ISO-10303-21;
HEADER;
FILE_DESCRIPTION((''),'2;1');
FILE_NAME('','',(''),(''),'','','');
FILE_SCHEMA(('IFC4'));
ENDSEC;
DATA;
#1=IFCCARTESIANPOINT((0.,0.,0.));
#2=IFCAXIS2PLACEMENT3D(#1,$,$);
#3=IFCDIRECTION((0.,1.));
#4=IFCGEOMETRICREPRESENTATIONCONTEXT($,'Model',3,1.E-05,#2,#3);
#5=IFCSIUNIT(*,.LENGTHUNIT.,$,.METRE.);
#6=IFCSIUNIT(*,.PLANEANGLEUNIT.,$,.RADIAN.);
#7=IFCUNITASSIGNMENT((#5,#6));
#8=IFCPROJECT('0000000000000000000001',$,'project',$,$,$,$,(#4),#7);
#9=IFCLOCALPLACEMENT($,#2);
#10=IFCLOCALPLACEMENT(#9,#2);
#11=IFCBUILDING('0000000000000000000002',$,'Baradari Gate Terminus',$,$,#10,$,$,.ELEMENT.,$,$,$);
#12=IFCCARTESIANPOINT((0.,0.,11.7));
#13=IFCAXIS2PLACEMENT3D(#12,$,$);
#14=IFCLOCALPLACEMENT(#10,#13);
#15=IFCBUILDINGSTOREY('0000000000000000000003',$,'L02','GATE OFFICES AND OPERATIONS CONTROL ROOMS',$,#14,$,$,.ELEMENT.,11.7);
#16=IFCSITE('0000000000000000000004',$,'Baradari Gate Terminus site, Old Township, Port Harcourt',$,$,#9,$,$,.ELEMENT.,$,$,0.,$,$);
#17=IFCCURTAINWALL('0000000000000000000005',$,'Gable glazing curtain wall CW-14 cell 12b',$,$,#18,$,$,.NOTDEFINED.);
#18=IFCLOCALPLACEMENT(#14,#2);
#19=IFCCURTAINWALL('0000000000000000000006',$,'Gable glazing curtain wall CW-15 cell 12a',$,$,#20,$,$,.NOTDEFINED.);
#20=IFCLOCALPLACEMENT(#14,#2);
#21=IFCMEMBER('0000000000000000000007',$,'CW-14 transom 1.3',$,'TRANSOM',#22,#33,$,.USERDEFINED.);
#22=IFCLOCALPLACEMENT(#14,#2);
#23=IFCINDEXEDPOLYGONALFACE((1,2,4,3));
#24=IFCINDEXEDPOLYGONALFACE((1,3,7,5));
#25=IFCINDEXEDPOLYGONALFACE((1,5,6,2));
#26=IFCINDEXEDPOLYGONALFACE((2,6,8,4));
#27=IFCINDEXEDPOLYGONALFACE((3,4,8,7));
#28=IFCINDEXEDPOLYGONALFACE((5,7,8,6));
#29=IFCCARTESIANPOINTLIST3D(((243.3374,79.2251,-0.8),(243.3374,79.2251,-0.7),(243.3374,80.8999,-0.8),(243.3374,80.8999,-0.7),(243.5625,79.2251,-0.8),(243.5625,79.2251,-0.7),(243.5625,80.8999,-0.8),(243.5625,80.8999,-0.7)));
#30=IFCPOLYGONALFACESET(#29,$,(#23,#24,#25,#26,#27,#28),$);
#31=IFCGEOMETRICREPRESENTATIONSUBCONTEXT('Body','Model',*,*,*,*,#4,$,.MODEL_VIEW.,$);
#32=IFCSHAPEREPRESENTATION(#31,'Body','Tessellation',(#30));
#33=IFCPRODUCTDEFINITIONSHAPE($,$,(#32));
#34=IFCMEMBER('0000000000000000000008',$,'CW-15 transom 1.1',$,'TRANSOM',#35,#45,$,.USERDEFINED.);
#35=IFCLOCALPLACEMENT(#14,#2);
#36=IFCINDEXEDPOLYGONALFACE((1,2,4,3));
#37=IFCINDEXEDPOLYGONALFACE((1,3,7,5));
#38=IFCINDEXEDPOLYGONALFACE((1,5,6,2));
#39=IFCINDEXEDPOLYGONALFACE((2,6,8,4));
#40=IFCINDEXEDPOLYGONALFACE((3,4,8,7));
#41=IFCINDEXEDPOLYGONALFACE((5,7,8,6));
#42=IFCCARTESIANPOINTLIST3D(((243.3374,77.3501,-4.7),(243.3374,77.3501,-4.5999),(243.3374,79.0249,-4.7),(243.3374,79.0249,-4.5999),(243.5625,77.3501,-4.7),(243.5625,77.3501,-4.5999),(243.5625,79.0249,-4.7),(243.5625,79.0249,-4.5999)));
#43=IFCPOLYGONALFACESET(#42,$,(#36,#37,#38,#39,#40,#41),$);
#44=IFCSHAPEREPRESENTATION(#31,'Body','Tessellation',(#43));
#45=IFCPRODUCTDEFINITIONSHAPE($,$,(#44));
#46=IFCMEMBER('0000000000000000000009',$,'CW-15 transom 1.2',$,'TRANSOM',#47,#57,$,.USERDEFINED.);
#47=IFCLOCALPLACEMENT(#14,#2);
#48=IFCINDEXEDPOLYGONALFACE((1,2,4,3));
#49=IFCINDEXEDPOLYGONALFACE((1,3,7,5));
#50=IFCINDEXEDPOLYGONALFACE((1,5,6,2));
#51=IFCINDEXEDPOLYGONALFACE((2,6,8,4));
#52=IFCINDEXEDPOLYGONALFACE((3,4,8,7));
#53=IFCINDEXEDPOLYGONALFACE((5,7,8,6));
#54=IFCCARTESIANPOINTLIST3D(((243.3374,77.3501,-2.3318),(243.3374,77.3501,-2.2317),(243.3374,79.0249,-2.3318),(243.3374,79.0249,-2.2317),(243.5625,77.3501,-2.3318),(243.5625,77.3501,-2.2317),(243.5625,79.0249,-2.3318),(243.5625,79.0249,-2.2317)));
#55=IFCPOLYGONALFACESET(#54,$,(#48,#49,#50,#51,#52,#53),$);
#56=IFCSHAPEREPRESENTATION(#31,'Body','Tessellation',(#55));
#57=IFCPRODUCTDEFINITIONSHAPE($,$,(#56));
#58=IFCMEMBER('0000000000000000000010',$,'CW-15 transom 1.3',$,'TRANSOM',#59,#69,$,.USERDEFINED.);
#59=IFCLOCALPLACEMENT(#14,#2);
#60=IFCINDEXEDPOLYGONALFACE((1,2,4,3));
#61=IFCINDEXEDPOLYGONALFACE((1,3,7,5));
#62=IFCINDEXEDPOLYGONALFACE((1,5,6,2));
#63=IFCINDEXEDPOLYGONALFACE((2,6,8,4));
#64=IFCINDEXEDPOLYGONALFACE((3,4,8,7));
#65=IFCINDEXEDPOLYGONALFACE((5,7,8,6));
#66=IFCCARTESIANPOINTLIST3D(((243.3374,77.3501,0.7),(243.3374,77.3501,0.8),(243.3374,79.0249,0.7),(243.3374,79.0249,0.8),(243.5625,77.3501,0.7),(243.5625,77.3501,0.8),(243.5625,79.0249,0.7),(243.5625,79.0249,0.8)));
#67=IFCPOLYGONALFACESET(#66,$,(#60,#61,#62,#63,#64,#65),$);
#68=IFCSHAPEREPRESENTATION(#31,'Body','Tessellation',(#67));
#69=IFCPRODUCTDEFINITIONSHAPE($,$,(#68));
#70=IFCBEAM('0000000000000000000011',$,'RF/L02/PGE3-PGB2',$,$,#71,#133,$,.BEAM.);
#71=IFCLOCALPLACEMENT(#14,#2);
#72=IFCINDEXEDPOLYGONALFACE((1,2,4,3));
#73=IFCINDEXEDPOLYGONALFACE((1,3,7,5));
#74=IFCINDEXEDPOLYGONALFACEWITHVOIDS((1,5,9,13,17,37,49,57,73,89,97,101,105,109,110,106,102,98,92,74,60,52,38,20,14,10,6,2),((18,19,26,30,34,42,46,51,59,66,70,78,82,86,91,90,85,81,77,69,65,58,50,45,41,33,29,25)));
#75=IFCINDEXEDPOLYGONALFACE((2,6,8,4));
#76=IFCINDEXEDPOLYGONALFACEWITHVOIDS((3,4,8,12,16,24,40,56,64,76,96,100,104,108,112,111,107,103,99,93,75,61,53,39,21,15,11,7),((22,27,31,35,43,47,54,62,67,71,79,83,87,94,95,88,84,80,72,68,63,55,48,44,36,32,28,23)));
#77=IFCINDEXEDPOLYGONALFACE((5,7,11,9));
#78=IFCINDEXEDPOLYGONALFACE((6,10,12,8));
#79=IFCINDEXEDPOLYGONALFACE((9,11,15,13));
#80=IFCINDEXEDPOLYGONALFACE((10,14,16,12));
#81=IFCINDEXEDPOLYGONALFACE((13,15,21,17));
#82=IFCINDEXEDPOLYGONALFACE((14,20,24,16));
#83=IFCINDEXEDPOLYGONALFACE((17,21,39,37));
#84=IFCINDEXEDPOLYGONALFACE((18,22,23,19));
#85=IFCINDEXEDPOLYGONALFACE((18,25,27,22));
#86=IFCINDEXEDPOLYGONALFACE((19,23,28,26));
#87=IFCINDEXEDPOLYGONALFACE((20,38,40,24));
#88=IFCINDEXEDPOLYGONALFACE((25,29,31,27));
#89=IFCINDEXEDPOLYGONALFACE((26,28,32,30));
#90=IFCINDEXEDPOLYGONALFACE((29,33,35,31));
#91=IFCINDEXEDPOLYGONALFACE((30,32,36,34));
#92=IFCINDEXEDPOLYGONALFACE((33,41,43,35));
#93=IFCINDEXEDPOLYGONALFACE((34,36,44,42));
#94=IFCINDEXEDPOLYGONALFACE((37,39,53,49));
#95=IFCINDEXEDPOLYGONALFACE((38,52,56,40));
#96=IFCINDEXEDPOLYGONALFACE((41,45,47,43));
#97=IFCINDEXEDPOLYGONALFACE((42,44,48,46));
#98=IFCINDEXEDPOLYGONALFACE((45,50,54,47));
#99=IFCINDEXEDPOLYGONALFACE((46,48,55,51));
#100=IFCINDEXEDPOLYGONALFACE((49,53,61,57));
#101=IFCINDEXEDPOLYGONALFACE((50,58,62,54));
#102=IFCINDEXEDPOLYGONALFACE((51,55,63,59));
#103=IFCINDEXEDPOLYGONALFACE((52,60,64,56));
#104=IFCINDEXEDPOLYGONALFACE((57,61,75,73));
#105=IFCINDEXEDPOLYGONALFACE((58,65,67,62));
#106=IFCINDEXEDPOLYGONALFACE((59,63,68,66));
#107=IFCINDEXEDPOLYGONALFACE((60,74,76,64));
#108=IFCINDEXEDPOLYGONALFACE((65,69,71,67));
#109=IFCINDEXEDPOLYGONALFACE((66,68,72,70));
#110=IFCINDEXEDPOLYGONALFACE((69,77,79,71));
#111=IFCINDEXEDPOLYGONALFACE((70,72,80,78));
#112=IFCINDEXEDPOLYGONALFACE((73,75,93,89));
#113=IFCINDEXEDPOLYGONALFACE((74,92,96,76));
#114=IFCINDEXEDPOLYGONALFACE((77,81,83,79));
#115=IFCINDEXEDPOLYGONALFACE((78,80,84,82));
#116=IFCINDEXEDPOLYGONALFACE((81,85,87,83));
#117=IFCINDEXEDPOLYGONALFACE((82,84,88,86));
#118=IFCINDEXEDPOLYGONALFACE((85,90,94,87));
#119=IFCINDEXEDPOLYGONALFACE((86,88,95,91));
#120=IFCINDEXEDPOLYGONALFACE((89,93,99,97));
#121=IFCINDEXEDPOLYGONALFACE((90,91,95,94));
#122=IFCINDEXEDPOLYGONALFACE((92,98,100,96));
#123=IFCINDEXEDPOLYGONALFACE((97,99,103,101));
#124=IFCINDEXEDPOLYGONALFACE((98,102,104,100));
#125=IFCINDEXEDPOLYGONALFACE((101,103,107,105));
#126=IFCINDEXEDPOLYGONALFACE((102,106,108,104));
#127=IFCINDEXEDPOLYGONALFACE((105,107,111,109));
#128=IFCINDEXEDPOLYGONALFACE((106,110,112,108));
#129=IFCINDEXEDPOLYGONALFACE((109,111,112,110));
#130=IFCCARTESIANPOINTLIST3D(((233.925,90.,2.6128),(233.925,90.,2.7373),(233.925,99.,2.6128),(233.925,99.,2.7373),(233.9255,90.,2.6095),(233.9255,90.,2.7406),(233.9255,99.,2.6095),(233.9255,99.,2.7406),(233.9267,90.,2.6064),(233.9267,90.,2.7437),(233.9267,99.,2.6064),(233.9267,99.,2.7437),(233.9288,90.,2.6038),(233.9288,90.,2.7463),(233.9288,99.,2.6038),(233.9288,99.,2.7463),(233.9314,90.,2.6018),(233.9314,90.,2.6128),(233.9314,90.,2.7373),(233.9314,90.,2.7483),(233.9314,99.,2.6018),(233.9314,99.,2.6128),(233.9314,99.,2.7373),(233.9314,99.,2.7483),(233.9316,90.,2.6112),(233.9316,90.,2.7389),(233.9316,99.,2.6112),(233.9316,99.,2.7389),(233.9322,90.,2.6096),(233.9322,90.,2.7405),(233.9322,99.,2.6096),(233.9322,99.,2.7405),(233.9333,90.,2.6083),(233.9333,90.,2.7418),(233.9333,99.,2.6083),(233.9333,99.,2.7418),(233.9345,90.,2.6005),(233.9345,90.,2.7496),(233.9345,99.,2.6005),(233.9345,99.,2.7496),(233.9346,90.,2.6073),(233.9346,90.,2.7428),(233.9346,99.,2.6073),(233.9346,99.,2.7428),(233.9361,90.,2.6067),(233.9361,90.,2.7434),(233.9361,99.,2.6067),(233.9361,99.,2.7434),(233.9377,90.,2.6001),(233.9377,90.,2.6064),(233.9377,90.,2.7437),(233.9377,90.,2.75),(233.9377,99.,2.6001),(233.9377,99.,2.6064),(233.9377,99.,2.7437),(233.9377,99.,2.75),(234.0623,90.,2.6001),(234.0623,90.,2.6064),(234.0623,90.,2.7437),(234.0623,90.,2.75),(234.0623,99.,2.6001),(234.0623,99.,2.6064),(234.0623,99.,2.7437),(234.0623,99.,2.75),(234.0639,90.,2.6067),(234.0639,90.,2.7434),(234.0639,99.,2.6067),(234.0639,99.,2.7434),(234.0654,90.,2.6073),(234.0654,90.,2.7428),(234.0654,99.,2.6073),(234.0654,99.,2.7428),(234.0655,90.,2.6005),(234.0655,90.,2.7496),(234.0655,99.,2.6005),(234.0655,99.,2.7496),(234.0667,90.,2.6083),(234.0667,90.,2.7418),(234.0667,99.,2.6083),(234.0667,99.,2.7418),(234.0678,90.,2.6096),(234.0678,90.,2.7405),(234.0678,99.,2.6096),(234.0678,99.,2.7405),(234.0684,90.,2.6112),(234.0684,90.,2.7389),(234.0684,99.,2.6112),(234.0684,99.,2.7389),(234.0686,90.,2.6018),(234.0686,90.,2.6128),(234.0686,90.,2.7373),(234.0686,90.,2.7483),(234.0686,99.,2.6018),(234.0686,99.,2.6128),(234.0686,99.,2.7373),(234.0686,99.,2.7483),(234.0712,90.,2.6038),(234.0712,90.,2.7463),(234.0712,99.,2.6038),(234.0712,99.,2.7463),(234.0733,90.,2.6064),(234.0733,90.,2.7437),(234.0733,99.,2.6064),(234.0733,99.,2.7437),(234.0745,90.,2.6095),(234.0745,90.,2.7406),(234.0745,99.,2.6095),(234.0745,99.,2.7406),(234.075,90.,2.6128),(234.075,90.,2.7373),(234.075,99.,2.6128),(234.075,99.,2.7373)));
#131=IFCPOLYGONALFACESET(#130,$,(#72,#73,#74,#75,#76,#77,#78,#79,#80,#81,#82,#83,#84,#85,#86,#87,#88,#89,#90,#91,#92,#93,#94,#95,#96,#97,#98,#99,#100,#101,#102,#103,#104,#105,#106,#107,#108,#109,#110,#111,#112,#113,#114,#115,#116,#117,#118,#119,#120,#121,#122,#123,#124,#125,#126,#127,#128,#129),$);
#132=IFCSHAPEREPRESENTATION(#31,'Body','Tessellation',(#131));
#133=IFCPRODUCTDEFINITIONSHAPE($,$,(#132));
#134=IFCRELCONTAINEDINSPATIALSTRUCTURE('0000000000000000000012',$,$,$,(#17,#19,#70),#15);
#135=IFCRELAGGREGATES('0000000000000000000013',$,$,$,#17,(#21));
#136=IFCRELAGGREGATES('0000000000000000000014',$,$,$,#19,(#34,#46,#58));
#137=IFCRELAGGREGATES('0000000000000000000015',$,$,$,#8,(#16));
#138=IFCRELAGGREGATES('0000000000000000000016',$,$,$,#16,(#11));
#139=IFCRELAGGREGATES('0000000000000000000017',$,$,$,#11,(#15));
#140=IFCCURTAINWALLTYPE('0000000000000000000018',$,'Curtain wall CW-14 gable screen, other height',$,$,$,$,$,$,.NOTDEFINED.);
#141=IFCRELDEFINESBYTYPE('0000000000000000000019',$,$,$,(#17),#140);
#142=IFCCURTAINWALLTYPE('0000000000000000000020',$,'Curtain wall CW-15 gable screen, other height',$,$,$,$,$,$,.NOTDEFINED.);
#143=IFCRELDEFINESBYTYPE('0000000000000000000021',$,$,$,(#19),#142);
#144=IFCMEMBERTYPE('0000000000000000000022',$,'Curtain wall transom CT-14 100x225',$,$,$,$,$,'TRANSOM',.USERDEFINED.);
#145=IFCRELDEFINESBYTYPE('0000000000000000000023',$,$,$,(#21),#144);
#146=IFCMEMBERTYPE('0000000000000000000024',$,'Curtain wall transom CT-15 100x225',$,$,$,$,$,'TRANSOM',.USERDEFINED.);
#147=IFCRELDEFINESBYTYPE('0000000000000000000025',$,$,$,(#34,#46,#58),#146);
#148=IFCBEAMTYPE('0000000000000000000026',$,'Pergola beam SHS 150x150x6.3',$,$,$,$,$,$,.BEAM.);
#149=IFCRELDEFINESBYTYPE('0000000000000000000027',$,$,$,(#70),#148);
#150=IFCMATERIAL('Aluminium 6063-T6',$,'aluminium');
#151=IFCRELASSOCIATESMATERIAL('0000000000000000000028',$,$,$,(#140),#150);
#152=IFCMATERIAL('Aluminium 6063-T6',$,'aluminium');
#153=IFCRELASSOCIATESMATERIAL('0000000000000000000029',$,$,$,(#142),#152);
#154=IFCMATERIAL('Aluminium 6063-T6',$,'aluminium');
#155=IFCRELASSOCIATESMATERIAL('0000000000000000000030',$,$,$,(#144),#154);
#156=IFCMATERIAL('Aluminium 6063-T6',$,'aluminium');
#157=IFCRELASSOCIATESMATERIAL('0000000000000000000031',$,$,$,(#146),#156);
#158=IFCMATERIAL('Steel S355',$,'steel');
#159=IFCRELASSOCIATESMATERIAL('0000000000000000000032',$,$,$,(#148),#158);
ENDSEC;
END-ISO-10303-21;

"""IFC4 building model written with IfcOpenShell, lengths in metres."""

from ifc_helpers import new_model, si_unit, direction, frame, origin, origin_2d, place, context, subcontext, project, spatial, rectangle, hollow_rectangle, extrude, material, material_profile, profile_set, type_object, element, aggregate, save


model = new_model("IFC4")

# Units and contexts
model_context = context("Model", 3, precision=1e-05, world=origin(), true_north=direction((0.0, 1.0)))
body_context = subcontext(model_context, "Body", "Model", "MODEL_VIEW")
ifc_project = project(units=[si_unit("LENGTHUNIT", "METRE"), si_unit("PLANEANGLEUNIT", "RADIAN")], contexts=[model_context])

# Site, building, storey
site_placement = place(None, origin())
site = spatial("IfcSite", under=ifc_project, at=site_placement, Name="Baradari Gate Terminus site, Old Township, Port Harcourt", CompositionType="ELEMENT", RefElevation=0.0)
building_placement = place(site_placement, origin())
building = spatial("IfcBuilding", under=site, at=building_placement, Name="Baradari Gate Terminus", CompositionType="ELEMENT")
storey_placement = place(building_placement, frame((0.0, 0.0, 11.7)))
storey = spatial("IfcBuildingStorey", under=building, at=storey_placement, Name="L02", Description="GATE OFFICES AND OPERATIONS CONTROL ROOMS", CompositionType="ELEMENT", Elevation=11.7)

# Curtain walls
ifc_material_1 = material(Name="Aluminium 6063-T6", Category="aluminium")
curtain_wall_type_1 = type_object("IfcCurtainWallType", Name="Curtain wall CW-14 gable screen, other height", PredefinedType="NOTDEFINED", material=ifc_material_1)
curtain_wall_1_placement = place(storey_placement, origin())
curtain_wall_1 = element("IfcCurtainWall", 1, at=curtain_wall_1_placement, inside=storey, type_object=curtain_wall_type_1, Name="Gable glazing curtain wall CW-14 cell 12b", PredefinedType="NOTDEFINED")
ifc_material_2 = material(Name="Aluminium 6063-T6", Category="aluminium")
curtain_wall_type_2 = type_object("IfcCurtainWallType", Name="Curtain wall CW-15 gable screen, other height", PredefinedType="NOTDEFINED", material=ifc_material_2)
curtain_wall_2_placement = place(storey_placement, origin())
curtain_wall_2 = element("IfcCurtainWall", 2, at=curtain_wall_2_placement, inside=storey, type_object=curtain_wall_type_2, Name="Gable glazing curtain wall CW-15 cell 12a", PredefinedType="NOTDEFINED")

# Members
ifc_material_3 = material(Name="Aluminium 6063-T6", Category="aluminium")
ifc_material_profile_1 = material_profile(ifc_material_3, rectangle(XDim=0.2251, YDim=0.1001, at=origin_2d()), Name="CT-14 100X225")
ifc_profile_set_1 = profile_set([ifc_material_profile_1], Name="Aluminium 6063-T6")
member_type_1 = type_object("IfcMemberType", Name="Curtain wall transom CT-14 100x225", ElementType="TRANSOM", PredefinedType="USERDEFINED", material=ifc_profile_set_1)
member_1_placement = place(storey_placement, frame((243.45, 79.2251, -0.75), z_axis=(0.0, 1.0, 0.0), x_axis=(-1.0, 0.0, 0.0)))
member_1 = element("IfcMember", 3, at=member_1_placement, type_object=member_type_1, Name="CW-14 transom 1.3", ObjectType="TRANSOM", PredefinedType="USERDEFINED", context=body_context, shape_type="SweptSolid", body=[
    extrude(rectangle(XDim=0.2251, YDim=0.1001, at=origin_2d()), origin(), (0.0, 0.0, 1.0), 1.6748),
])
ifc_material_4 = material(Name="Aluminium 6063-T6", Category="aluminium")
ifc_material_profile_2 = material_profile(ifc_material_4, rectangle(XDim=0.2251, YDim=0.1001, at=origin_2d()), Name="CT-15 100X225")
ifc_profile_set_2 = profile_set([ifc_material_profile_2], Name="Aluminium 6063-T6")
member_type_2 = type_object("IfcMemberType", Name="Curtain wall transom CT-15 100x225", ElementType="TRANSOM", PredefinedType="USERDEFINED", material=ifc_profile_set_2)
member_2_placement = place(storey_placement, frame((243.45, 77.3501, -4.6499), z_axis=(0.0, 1.0, 0.0), x_axis=(-1.0, 0.0, 0.0)))
member_2 = element("IfcMember", 4, at=member_2_placement, type_object=member_type_2, Name="CW-15 transom 1.1", ObjectType="TRANSOM", PredefinedType="USERDEFINED", context=body_context, shape_type="SweptSolid", body=[
    extrude(rectangle(XDim=0.2251, YDim=0.1001, at=origin_2d()), origin(), (0.0, 0.0, 1.0), 1.6748),
])
member_3_placement = place(storey_placement, frame((243.45, 77.3501, -2.2817), z_axis=(0.0, 1.0, 0.0), x_axis=(-1.0, 0.0, 0.0)))
member_3 = element("IfcMember", 5, at=member_3_placement, type_object=member_type_2, Name="CW-15 transom 1.2", ObjectType="TRANSOM", PredefinedType="USERDEFINED", context=body_context, shape_type="SweptSolid", body=[
    extrude(rectangle(XDim=0.2251, YDim=0.1001, at=origin_2d()), origin(), (0.0, 0.0, 1.0), 1.6748),
])
member_4_placement = place(storey_placement, frame((243.45, 77.3501, 0.75), z_axis=(0.0, 1.0, 0.0), x_axis=(-1.0, 0.0, 0.0)))
member_4 = element("IfcMember", 6, at=member_4_placement, type_object=member_type_2, Name="CW-15 transom 1.3", ObjectType="TRANSOM", PredefinedType="USERDEFINED", context=body_context, shape_type="SweptSolid", body=[
    extrude(rectangle(XDim=0.2251, YDim=0.1001, at=origin_2d()), origin(), (0.0, 0.0, 1.0), 1.6748),
])

# Beam
ifc_material_5 = material(Name="Steel S355", Category="steel")
ifc_material_profile_3 = material_profile(ifc_material_5, hollow_rectangle(XDim=0.1499, YDim=0.1499, WallThickness=0.0063, InnerFilletRadius=0.0063, OuterFilletRadius=0.0127, at=origin_2d()), Name="SHS 150x150x6.3")
ifc_profile_set_3 = profile_set([ifc_material_profile_3], Name="Steel S355")
beam_type = type_object("IfcBeamType", Name="Pergola beam SHS 150x150x6.3", PredefinedType="BEAM", material=ifc_profile_set_3)
beam_placement = place(storey_placement, frame((234.0, 90.0, 2.675), z_axis=(0.0, 1.0, 0.0), x_axis=(-1.0, 0.0, 0.0)))
element("IfcBeam", 7, at=beam_placement, inside=storey, type_object=beam_type, Name="RF/L02/PGE3-PGB2", PredefinedType="BEAM", context=body_context, shape_type="SweptSolid", body=[
    extrude(hollow_rectangle(XDim=0.1499, YDim=0.1499, WallThickness=0.0063, InnerFilletRadius=0.0063, OuterFilletRadius=0.0127, at=origin_2d()), origin(), (0.0, 0.0, 1.0), 9.0),
])

aggregate(curtain_wall_1, [member_1])
aggregate(curtain_wall_2, [member_2, member_3, member_4])

save(model, "model.ifc")
